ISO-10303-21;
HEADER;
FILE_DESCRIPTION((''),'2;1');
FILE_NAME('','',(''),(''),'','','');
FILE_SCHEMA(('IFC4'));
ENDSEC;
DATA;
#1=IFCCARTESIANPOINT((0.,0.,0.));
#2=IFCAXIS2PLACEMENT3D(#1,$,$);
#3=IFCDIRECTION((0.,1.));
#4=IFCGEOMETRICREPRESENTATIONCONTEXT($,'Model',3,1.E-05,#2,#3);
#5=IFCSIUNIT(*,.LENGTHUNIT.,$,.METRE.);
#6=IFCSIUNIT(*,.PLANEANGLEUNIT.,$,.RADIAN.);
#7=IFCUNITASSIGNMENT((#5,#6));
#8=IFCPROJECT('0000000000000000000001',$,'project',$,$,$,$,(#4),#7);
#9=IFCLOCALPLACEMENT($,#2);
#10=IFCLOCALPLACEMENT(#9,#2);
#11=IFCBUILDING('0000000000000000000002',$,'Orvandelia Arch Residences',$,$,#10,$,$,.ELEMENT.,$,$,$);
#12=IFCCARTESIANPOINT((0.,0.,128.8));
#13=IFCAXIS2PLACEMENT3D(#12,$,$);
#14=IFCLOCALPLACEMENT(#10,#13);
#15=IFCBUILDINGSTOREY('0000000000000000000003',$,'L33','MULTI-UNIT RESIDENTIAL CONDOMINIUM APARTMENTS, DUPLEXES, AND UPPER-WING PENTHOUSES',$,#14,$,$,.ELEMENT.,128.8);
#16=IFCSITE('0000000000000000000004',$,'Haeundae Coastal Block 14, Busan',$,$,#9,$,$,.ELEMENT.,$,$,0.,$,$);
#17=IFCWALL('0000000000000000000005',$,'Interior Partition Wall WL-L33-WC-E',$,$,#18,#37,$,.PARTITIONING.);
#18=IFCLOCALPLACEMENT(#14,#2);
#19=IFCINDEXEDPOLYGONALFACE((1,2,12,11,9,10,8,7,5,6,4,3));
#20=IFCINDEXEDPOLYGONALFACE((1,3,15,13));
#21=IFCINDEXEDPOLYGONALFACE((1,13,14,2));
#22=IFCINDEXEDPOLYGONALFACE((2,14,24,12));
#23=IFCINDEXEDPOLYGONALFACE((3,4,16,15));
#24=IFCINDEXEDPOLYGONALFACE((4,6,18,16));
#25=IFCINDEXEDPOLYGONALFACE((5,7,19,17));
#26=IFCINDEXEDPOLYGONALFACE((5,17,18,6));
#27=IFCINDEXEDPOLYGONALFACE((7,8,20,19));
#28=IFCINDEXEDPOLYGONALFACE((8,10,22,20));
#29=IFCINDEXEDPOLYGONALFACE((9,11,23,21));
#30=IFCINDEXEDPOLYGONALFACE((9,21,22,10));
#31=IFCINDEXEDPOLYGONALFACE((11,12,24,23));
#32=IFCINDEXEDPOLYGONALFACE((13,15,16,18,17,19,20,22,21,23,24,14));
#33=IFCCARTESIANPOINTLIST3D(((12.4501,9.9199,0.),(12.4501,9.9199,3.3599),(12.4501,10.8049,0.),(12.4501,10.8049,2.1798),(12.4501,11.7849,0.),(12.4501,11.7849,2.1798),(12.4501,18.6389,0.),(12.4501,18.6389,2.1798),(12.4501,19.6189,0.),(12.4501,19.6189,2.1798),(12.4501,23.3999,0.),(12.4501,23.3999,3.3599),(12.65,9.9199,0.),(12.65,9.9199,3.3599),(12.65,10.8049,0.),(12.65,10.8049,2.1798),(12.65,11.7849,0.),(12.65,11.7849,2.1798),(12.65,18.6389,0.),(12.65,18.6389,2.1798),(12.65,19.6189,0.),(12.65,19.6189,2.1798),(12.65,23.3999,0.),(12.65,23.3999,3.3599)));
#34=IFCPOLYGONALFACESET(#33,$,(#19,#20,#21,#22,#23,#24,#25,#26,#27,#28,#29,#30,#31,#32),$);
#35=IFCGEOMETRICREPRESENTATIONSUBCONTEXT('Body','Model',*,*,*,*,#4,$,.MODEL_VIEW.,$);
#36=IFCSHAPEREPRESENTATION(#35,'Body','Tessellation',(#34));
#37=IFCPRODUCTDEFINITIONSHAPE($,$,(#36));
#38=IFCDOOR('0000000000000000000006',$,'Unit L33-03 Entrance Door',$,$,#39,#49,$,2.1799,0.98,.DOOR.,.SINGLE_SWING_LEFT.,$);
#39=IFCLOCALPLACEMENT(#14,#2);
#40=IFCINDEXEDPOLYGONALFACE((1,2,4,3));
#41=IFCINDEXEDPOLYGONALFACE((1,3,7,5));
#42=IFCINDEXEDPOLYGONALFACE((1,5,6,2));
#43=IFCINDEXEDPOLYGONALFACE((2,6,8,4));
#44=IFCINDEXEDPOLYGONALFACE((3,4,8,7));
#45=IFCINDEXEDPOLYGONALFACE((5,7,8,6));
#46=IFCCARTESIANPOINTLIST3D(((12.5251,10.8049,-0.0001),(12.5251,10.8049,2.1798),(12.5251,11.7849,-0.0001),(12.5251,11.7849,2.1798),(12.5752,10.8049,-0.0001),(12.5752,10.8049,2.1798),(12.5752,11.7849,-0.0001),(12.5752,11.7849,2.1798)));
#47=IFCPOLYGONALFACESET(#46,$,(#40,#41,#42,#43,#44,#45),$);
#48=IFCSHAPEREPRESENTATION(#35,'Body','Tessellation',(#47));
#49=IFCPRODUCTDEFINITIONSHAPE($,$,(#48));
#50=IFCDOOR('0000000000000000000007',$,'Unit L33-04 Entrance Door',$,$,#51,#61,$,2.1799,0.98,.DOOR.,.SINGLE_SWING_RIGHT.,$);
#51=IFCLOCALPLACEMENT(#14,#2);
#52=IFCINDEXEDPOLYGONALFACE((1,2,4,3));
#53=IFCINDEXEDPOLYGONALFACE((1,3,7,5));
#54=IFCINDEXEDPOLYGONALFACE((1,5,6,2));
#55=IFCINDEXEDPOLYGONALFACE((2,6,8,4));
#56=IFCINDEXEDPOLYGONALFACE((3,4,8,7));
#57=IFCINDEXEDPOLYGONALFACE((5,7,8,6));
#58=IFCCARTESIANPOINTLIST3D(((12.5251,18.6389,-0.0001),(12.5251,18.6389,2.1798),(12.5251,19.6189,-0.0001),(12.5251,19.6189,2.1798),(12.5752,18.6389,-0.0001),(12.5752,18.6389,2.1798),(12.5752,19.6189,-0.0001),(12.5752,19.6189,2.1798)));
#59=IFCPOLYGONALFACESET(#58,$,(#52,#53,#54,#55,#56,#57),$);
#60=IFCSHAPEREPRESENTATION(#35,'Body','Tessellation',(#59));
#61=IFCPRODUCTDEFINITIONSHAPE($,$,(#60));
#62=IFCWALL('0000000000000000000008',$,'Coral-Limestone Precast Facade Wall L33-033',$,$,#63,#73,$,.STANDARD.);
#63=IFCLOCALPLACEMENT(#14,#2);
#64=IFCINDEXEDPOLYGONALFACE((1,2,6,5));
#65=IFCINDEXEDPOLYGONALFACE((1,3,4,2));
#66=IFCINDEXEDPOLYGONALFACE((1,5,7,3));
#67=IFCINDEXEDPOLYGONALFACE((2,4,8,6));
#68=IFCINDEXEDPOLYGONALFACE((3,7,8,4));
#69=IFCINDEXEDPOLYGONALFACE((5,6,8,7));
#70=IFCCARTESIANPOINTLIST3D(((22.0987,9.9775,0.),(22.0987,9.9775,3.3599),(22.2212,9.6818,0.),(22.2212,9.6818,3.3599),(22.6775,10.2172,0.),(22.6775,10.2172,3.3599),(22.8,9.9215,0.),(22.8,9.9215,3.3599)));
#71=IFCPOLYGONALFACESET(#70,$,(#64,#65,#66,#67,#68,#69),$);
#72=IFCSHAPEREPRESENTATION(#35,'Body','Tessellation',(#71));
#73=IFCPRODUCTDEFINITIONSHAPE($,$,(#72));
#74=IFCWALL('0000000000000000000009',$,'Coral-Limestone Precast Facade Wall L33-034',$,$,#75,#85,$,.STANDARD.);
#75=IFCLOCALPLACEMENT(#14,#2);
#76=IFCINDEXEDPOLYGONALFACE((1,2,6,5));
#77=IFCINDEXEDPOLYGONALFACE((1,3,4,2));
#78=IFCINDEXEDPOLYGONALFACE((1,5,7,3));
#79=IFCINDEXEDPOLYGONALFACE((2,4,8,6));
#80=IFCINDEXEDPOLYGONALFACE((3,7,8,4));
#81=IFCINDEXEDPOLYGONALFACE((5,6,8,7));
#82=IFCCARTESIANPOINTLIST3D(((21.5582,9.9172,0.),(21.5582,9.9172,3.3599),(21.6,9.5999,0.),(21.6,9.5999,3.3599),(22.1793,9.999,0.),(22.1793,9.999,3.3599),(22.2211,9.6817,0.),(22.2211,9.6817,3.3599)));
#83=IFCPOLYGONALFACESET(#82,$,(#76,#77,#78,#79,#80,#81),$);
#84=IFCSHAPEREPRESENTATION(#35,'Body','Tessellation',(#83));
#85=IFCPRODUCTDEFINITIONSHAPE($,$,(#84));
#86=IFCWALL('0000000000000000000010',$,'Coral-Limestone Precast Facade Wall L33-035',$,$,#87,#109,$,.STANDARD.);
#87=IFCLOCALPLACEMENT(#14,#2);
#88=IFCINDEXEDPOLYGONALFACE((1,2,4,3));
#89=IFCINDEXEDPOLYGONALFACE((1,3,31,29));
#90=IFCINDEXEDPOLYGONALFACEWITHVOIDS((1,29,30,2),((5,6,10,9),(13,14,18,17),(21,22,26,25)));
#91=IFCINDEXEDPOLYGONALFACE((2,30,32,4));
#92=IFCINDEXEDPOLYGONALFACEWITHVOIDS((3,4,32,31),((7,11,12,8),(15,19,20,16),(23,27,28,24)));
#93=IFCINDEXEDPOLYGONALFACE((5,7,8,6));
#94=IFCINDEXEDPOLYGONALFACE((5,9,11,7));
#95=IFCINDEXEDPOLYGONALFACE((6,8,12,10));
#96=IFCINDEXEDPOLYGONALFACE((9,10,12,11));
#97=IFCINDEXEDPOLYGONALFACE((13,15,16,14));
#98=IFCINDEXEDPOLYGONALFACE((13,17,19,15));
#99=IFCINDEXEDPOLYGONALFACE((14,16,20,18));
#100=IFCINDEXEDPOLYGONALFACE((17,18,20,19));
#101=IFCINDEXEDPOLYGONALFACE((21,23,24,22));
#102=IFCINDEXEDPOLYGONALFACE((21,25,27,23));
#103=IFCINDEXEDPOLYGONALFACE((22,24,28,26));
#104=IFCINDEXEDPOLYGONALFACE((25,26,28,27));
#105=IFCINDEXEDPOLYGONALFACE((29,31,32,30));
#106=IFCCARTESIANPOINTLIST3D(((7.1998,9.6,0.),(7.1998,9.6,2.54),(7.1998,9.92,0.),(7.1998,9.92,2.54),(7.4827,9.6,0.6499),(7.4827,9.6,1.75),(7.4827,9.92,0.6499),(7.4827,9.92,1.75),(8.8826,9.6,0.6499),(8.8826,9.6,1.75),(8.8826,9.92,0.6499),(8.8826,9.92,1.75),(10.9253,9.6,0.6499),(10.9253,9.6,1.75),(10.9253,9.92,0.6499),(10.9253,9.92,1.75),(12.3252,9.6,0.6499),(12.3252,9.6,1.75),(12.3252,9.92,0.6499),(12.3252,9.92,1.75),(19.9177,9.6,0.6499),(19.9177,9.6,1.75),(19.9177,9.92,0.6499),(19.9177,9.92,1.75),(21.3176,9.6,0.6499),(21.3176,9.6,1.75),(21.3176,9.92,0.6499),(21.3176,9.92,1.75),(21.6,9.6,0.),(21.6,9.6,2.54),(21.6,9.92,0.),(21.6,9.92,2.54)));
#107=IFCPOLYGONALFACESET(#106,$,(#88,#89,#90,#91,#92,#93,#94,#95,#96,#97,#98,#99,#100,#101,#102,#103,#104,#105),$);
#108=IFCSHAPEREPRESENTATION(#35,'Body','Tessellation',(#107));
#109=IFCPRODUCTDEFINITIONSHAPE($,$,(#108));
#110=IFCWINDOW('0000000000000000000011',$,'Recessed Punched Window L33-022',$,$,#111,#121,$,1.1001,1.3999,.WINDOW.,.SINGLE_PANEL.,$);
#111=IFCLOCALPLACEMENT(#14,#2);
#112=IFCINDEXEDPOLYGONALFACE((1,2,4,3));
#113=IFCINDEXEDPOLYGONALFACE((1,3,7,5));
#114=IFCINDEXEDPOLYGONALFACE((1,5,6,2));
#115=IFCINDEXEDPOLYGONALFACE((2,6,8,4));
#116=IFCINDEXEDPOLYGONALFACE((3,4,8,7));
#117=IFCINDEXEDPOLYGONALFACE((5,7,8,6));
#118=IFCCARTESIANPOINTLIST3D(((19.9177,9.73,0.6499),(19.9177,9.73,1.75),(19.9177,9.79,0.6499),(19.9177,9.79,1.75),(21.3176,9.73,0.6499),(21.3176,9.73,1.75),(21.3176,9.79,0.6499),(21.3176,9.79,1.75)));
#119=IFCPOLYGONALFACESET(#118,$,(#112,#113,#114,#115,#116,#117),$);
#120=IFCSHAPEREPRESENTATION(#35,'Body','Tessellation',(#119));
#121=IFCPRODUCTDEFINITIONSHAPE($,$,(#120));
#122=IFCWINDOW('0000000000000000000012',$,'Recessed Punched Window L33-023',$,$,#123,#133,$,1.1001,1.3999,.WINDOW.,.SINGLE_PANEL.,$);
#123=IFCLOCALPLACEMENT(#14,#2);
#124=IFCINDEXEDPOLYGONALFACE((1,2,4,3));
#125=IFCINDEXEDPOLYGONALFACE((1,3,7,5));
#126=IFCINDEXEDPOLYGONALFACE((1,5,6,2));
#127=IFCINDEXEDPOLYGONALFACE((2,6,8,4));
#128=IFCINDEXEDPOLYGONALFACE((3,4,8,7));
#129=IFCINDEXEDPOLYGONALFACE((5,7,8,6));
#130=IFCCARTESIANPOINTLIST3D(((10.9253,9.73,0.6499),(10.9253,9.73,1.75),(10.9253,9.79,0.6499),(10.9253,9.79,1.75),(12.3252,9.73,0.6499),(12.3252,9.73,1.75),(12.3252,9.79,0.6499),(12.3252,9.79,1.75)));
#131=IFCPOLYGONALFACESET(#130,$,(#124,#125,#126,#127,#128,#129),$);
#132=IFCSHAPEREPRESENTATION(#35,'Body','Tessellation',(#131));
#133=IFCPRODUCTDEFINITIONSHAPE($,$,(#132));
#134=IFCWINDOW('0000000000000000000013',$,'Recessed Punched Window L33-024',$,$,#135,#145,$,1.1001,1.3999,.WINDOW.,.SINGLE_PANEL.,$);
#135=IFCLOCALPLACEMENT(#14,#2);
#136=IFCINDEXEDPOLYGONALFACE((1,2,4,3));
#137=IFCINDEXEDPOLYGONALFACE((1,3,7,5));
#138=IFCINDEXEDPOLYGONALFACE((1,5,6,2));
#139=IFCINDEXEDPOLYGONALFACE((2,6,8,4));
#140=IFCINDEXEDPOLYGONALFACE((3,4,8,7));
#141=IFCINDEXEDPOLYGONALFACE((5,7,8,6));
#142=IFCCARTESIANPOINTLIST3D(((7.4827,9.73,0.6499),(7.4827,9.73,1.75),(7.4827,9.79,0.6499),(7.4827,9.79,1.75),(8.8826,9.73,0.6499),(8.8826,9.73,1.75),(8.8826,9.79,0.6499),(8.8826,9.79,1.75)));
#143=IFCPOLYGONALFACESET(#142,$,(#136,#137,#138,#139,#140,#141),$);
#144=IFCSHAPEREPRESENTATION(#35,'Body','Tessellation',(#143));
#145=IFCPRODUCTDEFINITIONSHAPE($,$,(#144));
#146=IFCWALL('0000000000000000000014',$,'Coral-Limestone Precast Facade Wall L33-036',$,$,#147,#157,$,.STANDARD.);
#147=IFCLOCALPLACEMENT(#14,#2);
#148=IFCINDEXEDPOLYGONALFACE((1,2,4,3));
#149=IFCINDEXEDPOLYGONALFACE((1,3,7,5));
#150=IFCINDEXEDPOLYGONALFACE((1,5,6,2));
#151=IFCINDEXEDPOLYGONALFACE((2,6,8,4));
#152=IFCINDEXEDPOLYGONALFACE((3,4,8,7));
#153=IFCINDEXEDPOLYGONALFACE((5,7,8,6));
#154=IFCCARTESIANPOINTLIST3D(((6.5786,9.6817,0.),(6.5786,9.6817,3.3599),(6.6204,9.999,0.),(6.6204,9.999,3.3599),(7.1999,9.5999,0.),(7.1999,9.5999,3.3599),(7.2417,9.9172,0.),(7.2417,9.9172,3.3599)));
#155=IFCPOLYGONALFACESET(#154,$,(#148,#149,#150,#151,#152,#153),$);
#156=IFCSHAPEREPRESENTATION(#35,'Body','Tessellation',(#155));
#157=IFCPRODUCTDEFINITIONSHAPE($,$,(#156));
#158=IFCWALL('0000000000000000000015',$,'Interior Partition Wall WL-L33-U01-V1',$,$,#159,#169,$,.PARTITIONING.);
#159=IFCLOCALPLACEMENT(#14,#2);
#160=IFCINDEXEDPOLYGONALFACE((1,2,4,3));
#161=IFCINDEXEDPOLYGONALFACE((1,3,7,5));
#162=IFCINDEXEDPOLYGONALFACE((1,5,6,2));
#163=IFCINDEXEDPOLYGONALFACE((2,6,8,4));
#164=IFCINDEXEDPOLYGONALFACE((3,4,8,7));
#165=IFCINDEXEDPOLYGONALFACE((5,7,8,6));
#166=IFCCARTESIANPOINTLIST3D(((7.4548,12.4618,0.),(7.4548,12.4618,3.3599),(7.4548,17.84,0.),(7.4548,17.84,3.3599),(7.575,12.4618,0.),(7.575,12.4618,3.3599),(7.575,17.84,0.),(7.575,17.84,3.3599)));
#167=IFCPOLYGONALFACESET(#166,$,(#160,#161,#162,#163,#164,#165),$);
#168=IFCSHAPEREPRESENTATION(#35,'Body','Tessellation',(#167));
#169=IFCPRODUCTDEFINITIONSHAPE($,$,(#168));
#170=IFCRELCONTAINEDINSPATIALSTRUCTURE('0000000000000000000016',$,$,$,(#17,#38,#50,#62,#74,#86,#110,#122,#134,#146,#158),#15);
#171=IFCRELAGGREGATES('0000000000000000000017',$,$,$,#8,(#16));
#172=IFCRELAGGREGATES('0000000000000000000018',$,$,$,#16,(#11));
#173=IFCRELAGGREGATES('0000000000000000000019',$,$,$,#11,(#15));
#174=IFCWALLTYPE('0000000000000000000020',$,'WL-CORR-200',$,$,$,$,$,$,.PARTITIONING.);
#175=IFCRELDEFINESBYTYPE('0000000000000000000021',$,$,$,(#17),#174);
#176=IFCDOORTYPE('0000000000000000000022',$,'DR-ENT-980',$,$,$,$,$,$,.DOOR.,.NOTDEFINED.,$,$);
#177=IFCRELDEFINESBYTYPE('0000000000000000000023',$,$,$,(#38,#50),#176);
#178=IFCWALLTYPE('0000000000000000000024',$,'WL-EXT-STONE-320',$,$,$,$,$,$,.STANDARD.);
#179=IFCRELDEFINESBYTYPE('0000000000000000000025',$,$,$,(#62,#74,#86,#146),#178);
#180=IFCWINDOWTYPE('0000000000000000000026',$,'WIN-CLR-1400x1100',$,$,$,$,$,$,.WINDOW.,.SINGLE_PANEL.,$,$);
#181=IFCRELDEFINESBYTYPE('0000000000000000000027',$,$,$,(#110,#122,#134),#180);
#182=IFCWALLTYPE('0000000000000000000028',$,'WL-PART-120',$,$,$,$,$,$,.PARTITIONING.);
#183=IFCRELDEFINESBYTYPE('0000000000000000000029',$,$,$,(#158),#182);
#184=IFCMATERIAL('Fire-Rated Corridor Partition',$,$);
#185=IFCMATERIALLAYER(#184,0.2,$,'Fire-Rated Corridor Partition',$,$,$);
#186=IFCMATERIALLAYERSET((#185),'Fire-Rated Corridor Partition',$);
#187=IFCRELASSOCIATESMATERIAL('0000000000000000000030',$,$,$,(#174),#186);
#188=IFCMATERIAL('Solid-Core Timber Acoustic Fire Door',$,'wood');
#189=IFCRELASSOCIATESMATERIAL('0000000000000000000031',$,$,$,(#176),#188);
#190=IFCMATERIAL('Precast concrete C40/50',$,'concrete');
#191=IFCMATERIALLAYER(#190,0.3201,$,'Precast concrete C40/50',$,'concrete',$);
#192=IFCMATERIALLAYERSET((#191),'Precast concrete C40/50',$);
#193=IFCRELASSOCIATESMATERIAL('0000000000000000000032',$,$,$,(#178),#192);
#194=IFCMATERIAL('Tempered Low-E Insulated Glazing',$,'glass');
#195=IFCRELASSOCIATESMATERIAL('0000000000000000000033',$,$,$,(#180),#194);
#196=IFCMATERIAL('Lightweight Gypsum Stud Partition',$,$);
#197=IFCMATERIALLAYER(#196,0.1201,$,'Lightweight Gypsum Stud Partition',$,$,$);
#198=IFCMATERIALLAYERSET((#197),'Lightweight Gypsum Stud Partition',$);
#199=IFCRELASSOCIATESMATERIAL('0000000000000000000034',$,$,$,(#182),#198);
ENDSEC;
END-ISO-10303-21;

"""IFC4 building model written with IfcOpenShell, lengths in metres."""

from ifc_helpers import new_model, si_unit, direction, frame, frame_2d, origin, place, context, subcontext, project, spatial, rectangle, extrude, material, layer, layer_set, type_object, element, fill, save


model = new_model("IFC4")

# Units and contexts
model_context = context("Model", 3, precision=1e-05, world=origin(), true_north=direction((0.0, 1.0)))
body_context = subcontext(model_context, "Body", "Model", "MODEL_VIEW")
ifc_project = project(units=[si_unit("LENGTHUNIT", "METRE"), si_unit("PLANEANGLEUNIT", "RADIAN")], contexts=[model_context])

# Site, building, storey
site_placement = place(None, origin())
site = spatial("IfcSite", under=ifc_project, at=site_placement, Name="Haeundae Coastal Block 14, Busan", CompositionType="ELEMENT", RefElevation=0.0)
building_placement = place(site_placement, origin())
building = spatial("IfcBuilding", under=site, at=building_placement, Name="Orvandelia Arch Residences", CompositionType="ELEMENT")
storey_placement = place(building_placement, frame((0.0, 0.0, 128.8)))
storey = spatial("IfcBuildingStorey", under=building, at=storey_placement, Name="L33", Description="MULTI-UNIT RESIDENTIAL CONDOMINIUM APARTMENTS, DUPLEXES, AND UPPER-WING PENTHOUSES", CompositionType="ELEMENT", Elevation=128.8)

# Wall, openings, doors
ifc_material_1 = material(Name="Fire-Rated Corridor Partition")
ifc_layer_1 = layer(ifc_material_1, 0.2, Name="Fire-Rated Corridor Partition")
ifc_layer_set_1 = layer_set([ifc_layer_1], Name="Fire-Rated Corridor Partition")
wall_type_1 = type_object("IfcWallType", Name="WL-CORR-200", PredefinedType="PARTITIONING", material=ifc_layer_set_1)
ifc_material_2 = material(Name="Solid-Core Timber Acoustic Fire Door", Category="wood")
door_type_1 = type_object("IfcDoorType", Name="DR-ENT-980", OperationType="NOTDEFINED", PredefinedType="DOOR", material=ifc_material_2)
wall_1_placement = place(storey_placement, frame((12.55, 9.9199, 0.0), z_axis=(0.0, 0.0, 1.0), x_axis=(0.0, 1.0, 0.0)))
wall_1 = element("IfcWall", 1, at=wall_1_placement, inside=storey, type_object=wall_type_1, Name="Interior Partition Wall WL-L33-WC-E", PredefinedType="PARTITIONING", context=body_context, shape_type="SweptSolid", body=[
    extrude(rectangle(XDim=13.48, YDim=0.2, at=frame_2d((6.74, 0.0))), origin(), (0.0, 0.0, 1.0), 3.3599),
])
opening_1_placement = place(wall_1_placement, frame((0.885, 0.0, 0.0)))
opening_1 = element("IfcOpeningElement", 2, at=opening_1_placement, cuts=wall_1, PredefinedType="OPENING", context=body_context, shape_type="SweptSolid", body=[
    extrude(rectangle(XDim=0.98, YDim=2.1799, at=frame_2d((0.49, 1.0898))), frame((0.0, 0.1099, 0.0), z_axis=(0.0, -1.0, 0.0), x_axis=(1.0, 0.0, 0.0)), (0.0, 0.0, 1.0), 0.22),
])
opening_2_placement = place(wall_1_placement, frame((8.719, 0.0, 0.0)))
opening_2 = element("IfcOpeningElement", 3, at=opening_2_placement, cuts=wall_1, PredefinedType="OPENING", context=body_context, shape_type="SweptSolid", body=[
    extrude(rectangle(XDim=0.98, YDim=2.1799, at=frame_2d((0.49, 1.0898))), frame((0.0, 0.1099, 0.0), z_axis=(0.0, -1.0, 0.0), x_axis=(1.0, 0.0, 0.0)), (0.0, 0.0, 1.0), 0.22),
])
door_1_placement = place(opening_1_placement, origin())
door_1 = element("IfcDoor", 4, at=door_1_placement, inside=storey, type_object=door_type_1, Name="Unit L33-03 Entrance Door", OperationType="SINGLE_SWING_LEFT", OverallHeight=2.1799, OverallWidth=0.98, PredefinedType="DOOR", context=body_context, shape_type="SweptSolid", body=[
    extrude(rectangle(XDim=0.98, YDim=2.1799, at=frame_2d((0.49, 1.0898))), frame((0.0, 0.0249, 0.0), z_axis=(0.0, -1.0, 0.0), x_axis=(1.0, 0.0, 0.0)), (0.0, 0.0, 1.0), 0.05),
])
fill(opening_1, door_1)
door_2_placement = place(opening_2_placement, origin())
door_2 = element("IfcDoor", 5, at=door_2_placement, inside=storey, type_object=door_type_1, Name="Unit L33-04 Entrance Door", OperationType="SINGLE_SWING_RIGHT", OverallHeight=2.1799, OverallWidth=0.98, PredefinedType="DOOR", context=body_context, shape_type="SweptSolid", body=[
    extrude(rectangle(XDim=0.98, YDim=2.1799, at=frame_2d((0.49, 1.0898))), frame((0.0, 0.0249, 0.0), z_axis=(0.0, -1.0, 0.0), x_axis=(1.0, 0.0, 0.0)), (0.0, 0.0, 1.0), 0.05),
])
fill(opening_2, door_2)

# Walls
ifc_material_3 = material(Name="Precast concrete C40/50", Category="concrete")
ifc_layer_2 = layer(ifc_material_3, 0.3201, Name="Precast concrete C40/50", Category="concrete")
ifc_layer_set_2 = layer_set([ifc_layer_2], Name="Precast concrete C40/50")
wall_type_2 = type_object("IfcWallType", Name="WL-EXT-STONE-320", PredefinedType="STANDARD", material=ifc_layer_set_2)
for number, where, z_axis, x_axis, name in (
    (6, (22.7388, 10.0693, 0.0), (0.0, 0.0, 1.0), (-0.923893, -0.38265, 0.0), "Coral-Limestone Precast Facade Wall L33-033"),
    (7, (22.2002, 9.8403, 0.0), (0.0, 0.0, 1.0), (-0.991441, -0.130555, 0.0), "Coral-Limestone Precast Facade Wall L33-034"),
):
    element("IfcWall", number, at=place(storey_placement, frame(where, z_axis=z_axis, x_axis=x_axis)), inside=storey, type_object=wall_type_2, Name=name, PredefinedType="STANDARD", context=body_context, shape_type="SweptSolid", body=[
        extrude(rectangle(XDim=0.6265, YDim=0.3201, at=frame_2d((0.3132, 0.0))), origin(), (0.0, 0.0, 1.0), 3.3599),
    ])

# Wall, openings, windows
wall_2_placement = place(storey_placement, frame((21.6001, 9.76, 0.0), z_axis=(0.0, 0.0, 1.0), x_axis=(-1.0, 0.0, 0.0)))
wall_2 = element("IfcWall", 8, at=wall_2_placement, inside=storey, type_object=wall_type_2, Name="Coral-Limestone Precast Facade Wall L33-035", PredefinedType="STANDARD", context=body_context, shape_type="SweptSolid", body=[
    extrude(rectangle(XDim=14.4001, YDim=0.3201, at=frame_2d((7.2002, 0.0))), origin(), (0.0, 0.0, 1.0), 2.54),
])
opening_3_placement = place(wall_2_placement, frame((0.2825, 0.0, 0.6499)))
opening_3 = element("IfcOpeningElement", 9, at=opening_3_placement, cuts=wall_2, PredefinedType="OPENING", context=body_context, shape_type="SweptSolid", body=[
    extrude(rectangle(XDim=1.3999, YDim=1.1001, at=frame_2d((0.7, 0.55))), frame((0.0, 0.1699, 0.0), z_axis=(0.0, -1.0, 0.0), x_axis=(1.0, 0.0, 0.0)), (0.0, 0.0, 1.0), 0.3401),
])
opening_4_placement = place(wall_2_placement, frame((9.2749, 0.0, 0.6499)))
opening_4 = element("IfcOpeningElement", 10, at=opening_4_placement, cuts=wall_2, PredefinedType="OPENING", context=body_context, shape_type="SweptSolid", body=[
    extrude(rectangle(XDim=1.3999, YDim=1.1001, at=frame_2d((0.7, 0.55))), frame((0.0, 0.1699, 0.0), z_axis=(0.0, -1.0, 0.0), x_axis=(1.0, 0.0, 0.0)), (0.0, 0.0, 1.0), 0.3401),
])
opening_5_placement = place(wall_2_placement, frame((12.7175, 0.0, 0.6499)))
opening_5 = element("IfcOpeningElement", 11, at=opening_5_placement, cuts=wall_2, PredefinedType="OPENING", context=body_context, shape_type="SweptSolid", body=[
    extrude(rectangle(XDim=1.3999, YDim=1.1001, at=frame_2d((0.7, 0.55))), frame((0.0, 0.1699, 0.0), z_axis=(0.0, -1.0, 0.0), x_axis=(1.0, 0.0, 0.0)), (0.0, 0.0, 1.0), 0.3401),
])
ifc_material_4 = material(Name="Tempered Low-E Insulated Glazing", Category="glass")
window_type = type_object("IfcWindowType", Name="WIN-CLR-1400x1100", PartitioningType="SINGLE_PANEL", PredefinedType="WINDOW", material=ifc_material_4)
window_1_placement = place(opening_3_placement, origin())
window_1 = element("IfcWindow", 12, at=window_1_placement, inside=storey, type_object=window_type, Name="Recessed Punched Window L33-022", OverallHeight=1.1001, OverallWidth=1.3999, PartitioningType="SINGLE_PANEL", PredefinedType="WINDOW", context=body_context, shape_type="SweptSolid", body=[
    extrude(rectangle(XDim=1.3999, YDim=1.1001, at=frame_2d((0.7, 0.55))), frame((0.0, 0.03, 0.0), z_axis=(0.0, -1.0, 0.0), x_axis=(1.0, 0.0, 0.0)), (0.0, 0.0, 1.0), 0.0601),
])
fill(opening_3, window_1)
window_2_placement = place(opening_4_placement, origin())
window_2 = element("IfcWindow", 13, at=window_2_placement, inside=storey, type_object=window_type, Name="Recessed Punched Window L33-023", OverallHeight=1.1001, OverallWidth=1.3999, PartitioningType="SINGLE_PANEL", PredefinedType="WINDOW", context=body_context, shape_type="SweptSolid", body=[
    extrude(rectangle(XDim=1.3999, YDim=1.1001, at=frame_2d((0.7, 0.55))), frame((0.0, 0.03, 0.0), z_axis=(0.0, -1.0, 0.0), x_axis=(1.0, 0.0, 0.0)), (0.0, 0.0, 1.0), 0.0601),
])
fill(opening_4, window_2)
window_3_placement = place(opening_5_placement, origin())
window_3 = element("IfcWindow", 14, at=window_3_placement, inside=storey, type_object=window_type, Name="Recessed Punched Window L33-024", OverallHeight=1.1001, OverallWidth=1.3999, PartitioningType="SINGLE_PANEL", PredefinedType="WINDOW", context=body_context, shape_type="SweptSolid", body=[
    extrude(rectangle(XDim=1.3999, YDim=1.1001, at=frame_2d((0.7, 0.55))), frame((0.0, 0.03, 0.0), z_axis=(0.0, -1.0, 0.0), x_axis=(1.0, 0.0, 0.0)), (0.0, 0.0, 1.0), 0.0601),
])
fill(opening_5, window_3)

# Walls
wall_3_placement = place(storey_placement, frame((7.2209, 9.7585, 0.0), z_axis=(0.0, 0.0, 1.0), x_axis=(-0.991448, 0.130505, 0.0)))
element("IfcWall", 15, at=wall_3_placement, inside=storey, type_object=wall_type_2, Name="Coral-Limestone Precast Facade Wall L33-036", PredefinedType="STANDARD", context=body_context, shape_type="SweptSolid", body=[
    extrude(rectangle(XDim=0.6267, YDim=0.3201, at=frame_2d((0.3135, 0.0))), origin(), (0.0, 0.0, 1.0), 3.3599),
])
ifc_material_5 = material(Name="Lightweight Gypsum Stud Partition")
ifc_layer_3 = layer(ifc_material_5, 0.1201, Name="Lightweight Gypsum Stud Partition")
ifc_layer_set_3 = layer_set([ifc_layer_3], Name="Lightweight Gypsum Stud Partition")
wall_type_3 = type_object("IfcWallType", Name="WL-PART-120", PredefinedType="PARTITIONING", material=ifc_layer_set_3)
wall_4_placement = place(storey_placement, frame((7.5149, 12.4619, 0.0), z_axis=(0.0, 0.0, 1.0), x_axis=(0.0, 1.0, 0.0)))
element("IfcWall", 16, at=wall_4_placement, inside=storey, type_object=wall_type_3, Name="Interior Partition Wall WL-L33-U01-V1", PredefinedType="PARTITIONING", context=body_context, shape_type="SweptSolid", body=[
    extrude(rectangle(XDim=5.3782, YDim=0.1201, at=frame_2d((2.689, 0.0))), origin(), (0.0, 0.0, 1.0), 3.3599),
])

save(model, "model.ifc")
